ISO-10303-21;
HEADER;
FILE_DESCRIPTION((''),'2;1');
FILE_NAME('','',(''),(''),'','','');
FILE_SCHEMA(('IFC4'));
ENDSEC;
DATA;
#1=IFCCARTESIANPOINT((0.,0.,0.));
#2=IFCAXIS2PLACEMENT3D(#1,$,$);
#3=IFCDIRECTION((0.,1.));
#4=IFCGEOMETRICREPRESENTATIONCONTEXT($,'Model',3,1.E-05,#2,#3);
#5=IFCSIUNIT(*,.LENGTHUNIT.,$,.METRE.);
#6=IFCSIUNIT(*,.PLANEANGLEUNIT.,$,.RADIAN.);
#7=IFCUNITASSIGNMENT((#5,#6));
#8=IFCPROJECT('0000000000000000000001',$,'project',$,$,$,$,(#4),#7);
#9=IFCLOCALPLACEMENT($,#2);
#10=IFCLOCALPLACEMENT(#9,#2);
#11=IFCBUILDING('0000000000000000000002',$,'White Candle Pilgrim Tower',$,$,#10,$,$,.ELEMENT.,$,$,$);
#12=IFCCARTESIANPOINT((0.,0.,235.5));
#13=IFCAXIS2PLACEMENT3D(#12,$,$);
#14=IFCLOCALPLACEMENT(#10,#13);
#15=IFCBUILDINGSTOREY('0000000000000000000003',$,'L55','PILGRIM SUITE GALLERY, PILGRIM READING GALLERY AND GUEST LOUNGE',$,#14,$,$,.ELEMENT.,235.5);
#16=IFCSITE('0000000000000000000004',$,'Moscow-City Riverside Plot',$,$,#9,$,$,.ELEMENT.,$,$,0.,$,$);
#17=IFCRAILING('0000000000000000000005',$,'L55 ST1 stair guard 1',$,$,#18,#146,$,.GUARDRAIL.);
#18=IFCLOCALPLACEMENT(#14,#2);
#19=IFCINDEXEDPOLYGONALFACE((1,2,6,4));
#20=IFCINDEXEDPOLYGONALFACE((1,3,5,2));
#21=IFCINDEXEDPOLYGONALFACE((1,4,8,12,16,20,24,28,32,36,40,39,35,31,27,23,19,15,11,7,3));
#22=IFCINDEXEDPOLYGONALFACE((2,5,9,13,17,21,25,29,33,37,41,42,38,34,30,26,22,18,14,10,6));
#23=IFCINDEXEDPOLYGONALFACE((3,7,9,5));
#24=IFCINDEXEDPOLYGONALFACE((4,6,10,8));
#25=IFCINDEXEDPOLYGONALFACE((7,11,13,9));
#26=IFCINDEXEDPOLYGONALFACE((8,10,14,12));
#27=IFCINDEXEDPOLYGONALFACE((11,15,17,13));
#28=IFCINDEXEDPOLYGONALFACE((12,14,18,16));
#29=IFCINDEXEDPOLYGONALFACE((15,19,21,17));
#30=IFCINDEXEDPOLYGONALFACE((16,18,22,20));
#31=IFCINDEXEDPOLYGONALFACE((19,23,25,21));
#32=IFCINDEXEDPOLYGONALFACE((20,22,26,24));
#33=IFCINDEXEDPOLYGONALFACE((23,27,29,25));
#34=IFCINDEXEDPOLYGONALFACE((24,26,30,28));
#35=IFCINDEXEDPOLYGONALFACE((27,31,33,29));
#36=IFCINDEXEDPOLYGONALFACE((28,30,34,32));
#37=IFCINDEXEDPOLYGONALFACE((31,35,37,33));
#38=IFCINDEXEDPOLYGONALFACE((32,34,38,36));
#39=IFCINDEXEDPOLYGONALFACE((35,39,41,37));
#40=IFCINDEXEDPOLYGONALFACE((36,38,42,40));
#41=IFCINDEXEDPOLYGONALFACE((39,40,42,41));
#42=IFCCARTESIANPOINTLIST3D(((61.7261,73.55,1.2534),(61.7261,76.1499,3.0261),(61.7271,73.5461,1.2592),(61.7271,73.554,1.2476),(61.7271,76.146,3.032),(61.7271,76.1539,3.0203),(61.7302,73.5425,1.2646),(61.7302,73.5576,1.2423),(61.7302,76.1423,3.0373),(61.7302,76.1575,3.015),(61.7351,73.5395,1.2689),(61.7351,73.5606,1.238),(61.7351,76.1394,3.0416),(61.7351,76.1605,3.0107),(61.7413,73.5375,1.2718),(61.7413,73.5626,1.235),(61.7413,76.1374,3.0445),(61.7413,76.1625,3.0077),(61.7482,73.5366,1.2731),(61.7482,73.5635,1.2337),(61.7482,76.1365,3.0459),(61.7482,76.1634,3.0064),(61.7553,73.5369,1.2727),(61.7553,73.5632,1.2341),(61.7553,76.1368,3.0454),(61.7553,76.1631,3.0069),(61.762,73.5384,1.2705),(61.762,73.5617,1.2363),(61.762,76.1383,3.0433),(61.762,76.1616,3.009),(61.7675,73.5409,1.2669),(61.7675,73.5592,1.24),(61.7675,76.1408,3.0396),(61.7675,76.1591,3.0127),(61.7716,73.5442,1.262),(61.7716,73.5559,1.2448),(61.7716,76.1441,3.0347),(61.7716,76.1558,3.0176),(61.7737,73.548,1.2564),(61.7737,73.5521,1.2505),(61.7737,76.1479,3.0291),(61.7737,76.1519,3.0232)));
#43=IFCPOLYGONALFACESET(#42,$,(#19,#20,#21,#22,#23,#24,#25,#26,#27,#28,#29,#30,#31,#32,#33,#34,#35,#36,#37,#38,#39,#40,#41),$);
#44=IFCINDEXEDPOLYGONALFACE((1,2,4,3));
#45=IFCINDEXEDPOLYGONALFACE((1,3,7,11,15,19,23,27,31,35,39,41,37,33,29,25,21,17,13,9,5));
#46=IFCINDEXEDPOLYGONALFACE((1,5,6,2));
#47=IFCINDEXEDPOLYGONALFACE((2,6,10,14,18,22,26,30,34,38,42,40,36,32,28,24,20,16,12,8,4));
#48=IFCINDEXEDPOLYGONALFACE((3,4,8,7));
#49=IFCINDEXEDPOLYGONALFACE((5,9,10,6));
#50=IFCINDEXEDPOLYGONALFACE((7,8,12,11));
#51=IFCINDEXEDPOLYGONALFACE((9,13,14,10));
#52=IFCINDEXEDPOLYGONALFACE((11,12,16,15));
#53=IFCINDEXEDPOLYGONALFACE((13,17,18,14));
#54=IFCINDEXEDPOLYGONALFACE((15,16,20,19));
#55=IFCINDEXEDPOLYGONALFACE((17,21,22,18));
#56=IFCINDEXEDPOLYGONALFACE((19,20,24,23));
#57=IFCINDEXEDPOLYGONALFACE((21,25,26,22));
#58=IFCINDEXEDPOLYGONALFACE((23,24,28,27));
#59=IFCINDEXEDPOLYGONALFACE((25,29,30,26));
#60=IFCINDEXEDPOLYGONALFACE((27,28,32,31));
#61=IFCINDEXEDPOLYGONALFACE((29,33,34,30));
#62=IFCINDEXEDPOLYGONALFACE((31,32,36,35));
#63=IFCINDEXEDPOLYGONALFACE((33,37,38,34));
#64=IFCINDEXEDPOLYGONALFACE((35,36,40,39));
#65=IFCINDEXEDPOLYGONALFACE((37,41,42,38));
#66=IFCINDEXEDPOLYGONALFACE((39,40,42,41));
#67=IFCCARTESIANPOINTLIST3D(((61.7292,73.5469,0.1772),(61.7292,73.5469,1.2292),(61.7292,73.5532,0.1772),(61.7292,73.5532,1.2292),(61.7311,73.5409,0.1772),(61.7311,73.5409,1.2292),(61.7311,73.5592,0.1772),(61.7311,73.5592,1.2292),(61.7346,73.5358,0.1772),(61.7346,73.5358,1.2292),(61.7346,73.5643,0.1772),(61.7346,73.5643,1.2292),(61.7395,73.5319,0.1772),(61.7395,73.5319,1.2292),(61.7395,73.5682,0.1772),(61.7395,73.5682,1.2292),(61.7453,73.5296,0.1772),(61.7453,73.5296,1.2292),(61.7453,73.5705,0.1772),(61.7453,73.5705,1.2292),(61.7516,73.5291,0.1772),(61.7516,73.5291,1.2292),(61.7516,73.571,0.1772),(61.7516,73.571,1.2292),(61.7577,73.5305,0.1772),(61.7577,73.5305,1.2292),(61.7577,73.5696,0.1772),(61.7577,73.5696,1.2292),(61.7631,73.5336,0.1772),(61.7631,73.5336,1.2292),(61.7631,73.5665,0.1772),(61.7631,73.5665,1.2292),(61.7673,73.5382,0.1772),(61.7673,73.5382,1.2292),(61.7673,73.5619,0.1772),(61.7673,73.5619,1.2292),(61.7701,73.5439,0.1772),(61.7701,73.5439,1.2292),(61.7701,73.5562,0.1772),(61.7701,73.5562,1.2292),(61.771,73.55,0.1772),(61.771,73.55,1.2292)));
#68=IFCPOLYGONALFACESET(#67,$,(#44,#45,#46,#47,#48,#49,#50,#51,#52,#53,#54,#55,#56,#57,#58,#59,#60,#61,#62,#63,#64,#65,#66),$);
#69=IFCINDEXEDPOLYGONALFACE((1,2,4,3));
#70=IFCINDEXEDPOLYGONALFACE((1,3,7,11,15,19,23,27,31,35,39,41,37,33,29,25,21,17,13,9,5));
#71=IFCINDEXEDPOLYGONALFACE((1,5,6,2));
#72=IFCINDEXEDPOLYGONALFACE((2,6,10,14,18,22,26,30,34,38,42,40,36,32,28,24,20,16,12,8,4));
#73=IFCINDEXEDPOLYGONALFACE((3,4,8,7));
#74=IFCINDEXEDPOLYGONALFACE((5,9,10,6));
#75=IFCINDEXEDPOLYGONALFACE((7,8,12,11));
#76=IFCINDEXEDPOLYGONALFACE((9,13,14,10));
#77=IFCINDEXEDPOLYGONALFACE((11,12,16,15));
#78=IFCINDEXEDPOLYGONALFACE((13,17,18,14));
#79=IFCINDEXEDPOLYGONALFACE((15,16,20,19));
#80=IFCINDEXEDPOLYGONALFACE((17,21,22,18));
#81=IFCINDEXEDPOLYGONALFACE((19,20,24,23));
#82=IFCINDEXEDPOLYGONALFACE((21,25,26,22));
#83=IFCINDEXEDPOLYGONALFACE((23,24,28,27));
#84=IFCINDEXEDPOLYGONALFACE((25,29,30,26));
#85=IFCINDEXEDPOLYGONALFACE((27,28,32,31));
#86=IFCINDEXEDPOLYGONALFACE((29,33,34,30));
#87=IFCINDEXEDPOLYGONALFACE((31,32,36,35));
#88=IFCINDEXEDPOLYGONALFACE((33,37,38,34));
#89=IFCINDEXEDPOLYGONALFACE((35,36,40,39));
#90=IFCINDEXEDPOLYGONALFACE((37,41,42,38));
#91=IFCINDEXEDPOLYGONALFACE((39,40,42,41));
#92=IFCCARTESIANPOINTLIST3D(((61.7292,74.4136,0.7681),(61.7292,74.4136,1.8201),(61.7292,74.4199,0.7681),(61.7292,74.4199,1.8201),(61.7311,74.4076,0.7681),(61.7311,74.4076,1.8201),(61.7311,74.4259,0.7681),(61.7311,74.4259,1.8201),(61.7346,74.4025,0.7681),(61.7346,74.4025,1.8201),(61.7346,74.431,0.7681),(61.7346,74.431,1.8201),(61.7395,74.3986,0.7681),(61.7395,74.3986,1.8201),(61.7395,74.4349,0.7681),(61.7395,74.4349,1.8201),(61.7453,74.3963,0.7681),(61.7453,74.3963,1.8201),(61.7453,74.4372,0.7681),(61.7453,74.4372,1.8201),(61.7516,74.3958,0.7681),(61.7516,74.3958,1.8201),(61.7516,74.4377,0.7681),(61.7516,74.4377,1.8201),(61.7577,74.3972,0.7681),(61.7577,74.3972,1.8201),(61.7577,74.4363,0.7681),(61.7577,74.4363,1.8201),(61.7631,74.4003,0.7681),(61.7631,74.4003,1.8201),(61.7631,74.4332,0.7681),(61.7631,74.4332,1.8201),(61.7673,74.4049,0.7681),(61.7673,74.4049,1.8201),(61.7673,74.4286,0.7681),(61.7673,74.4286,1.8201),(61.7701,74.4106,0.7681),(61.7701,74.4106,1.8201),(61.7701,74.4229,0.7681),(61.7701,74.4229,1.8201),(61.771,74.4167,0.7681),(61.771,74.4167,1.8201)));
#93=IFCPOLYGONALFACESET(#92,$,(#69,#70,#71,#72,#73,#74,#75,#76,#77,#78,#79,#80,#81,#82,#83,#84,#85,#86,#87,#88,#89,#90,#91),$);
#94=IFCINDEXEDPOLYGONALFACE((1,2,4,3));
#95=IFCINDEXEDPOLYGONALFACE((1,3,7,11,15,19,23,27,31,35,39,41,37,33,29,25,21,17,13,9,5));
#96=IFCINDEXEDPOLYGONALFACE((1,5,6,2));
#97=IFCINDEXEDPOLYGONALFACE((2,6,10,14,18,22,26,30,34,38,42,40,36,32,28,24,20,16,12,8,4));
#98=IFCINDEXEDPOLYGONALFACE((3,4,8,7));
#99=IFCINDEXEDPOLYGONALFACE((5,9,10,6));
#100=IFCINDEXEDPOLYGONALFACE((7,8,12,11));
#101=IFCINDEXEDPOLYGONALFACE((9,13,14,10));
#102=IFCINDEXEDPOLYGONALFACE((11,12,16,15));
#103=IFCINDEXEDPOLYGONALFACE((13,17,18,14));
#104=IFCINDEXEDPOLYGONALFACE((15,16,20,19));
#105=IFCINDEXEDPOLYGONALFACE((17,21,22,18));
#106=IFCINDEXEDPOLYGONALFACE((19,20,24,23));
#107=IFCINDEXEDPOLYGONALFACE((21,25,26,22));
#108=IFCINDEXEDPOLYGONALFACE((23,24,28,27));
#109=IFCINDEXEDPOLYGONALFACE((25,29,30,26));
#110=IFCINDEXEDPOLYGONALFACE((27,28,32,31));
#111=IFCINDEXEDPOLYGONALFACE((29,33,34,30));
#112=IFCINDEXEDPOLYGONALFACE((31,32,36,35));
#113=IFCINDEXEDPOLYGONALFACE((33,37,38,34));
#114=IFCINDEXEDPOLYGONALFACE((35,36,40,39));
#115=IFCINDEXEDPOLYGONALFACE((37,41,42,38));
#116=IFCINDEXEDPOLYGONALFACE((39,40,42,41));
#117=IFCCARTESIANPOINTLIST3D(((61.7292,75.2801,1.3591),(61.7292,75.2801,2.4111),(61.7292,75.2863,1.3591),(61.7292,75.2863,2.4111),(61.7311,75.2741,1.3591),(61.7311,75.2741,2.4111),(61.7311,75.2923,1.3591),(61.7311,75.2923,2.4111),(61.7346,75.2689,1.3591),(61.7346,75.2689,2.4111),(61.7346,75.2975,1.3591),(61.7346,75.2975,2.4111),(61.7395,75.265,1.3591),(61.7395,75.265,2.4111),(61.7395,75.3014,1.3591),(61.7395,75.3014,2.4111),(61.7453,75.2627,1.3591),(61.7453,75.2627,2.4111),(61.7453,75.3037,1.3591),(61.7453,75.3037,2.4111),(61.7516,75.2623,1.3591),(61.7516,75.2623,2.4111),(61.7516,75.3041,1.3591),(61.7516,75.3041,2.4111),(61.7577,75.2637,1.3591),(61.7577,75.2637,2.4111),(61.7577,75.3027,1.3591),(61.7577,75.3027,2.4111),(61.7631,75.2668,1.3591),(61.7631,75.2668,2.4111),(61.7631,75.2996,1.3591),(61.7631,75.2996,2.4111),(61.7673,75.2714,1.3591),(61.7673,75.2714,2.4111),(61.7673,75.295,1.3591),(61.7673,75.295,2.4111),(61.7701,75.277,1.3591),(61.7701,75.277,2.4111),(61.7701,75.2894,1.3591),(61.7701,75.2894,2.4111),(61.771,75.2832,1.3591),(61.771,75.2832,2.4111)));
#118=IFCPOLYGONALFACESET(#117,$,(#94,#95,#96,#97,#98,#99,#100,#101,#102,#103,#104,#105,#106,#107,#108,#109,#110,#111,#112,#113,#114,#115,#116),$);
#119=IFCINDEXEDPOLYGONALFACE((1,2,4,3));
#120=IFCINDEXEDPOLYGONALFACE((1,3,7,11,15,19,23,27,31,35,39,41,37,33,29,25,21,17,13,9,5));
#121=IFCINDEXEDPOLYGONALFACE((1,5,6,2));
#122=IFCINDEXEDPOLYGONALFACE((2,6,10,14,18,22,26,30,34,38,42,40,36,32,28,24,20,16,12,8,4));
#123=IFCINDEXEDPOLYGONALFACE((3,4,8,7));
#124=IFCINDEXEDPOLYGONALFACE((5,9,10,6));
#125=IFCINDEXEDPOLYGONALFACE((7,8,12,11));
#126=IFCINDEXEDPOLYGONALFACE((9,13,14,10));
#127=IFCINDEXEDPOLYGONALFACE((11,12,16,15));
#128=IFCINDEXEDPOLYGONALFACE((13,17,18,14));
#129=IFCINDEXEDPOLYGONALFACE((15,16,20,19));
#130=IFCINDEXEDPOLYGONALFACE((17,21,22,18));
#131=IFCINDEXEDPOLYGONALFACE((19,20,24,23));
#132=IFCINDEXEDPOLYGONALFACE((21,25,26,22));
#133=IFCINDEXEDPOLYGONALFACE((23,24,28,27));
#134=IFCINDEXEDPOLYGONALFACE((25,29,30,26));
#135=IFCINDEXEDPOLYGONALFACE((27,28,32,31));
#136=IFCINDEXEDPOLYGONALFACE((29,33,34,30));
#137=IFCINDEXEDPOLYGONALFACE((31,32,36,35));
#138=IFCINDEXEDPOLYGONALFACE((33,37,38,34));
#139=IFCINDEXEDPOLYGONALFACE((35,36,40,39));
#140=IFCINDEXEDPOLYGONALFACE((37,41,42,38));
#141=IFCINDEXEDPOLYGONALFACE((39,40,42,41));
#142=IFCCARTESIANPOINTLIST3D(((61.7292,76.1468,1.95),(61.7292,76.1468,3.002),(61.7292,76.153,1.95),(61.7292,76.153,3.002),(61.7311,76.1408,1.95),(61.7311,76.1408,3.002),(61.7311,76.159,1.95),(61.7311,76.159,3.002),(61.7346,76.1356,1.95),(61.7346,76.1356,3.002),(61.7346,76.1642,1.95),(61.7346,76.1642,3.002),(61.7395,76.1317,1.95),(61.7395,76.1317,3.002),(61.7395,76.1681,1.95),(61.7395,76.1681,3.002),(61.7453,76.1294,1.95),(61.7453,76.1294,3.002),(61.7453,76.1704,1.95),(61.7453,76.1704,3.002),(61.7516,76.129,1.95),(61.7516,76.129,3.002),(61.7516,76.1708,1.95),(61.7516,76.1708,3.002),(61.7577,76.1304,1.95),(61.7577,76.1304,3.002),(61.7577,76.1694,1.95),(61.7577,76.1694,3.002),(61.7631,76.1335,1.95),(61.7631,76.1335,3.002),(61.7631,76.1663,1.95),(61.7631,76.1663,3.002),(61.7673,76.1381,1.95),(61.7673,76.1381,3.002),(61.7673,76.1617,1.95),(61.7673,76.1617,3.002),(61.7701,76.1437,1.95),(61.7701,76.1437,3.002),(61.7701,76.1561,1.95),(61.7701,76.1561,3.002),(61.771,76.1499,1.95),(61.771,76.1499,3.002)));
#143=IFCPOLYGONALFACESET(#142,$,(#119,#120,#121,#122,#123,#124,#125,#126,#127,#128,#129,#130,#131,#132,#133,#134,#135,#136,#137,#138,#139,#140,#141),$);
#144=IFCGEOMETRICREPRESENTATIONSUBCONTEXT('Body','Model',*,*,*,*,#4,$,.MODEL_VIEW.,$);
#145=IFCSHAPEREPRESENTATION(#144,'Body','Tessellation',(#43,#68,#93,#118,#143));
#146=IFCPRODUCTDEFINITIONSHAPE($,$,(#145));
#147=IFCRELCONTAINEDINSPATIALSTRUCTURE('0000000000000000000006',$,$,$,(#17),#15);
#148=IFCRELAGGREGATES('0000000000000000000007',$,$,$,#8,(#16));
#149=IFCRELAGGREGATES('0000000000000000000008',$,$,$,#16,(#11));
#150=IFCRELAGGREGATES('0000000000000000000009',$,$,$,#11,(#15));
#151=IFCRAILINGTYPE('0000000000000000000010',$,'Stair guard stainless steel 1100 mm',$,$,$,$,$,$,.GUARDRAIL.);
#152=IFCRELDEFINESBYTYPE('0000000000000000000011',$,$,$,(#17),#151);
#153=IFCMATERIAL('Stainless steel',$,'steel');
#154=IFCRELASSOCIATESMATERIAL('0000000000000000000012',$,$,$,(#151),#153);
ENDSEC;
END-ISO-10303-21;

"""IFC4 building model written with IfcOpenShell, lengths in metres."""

from ifc_helpers import new_model, si_unit, direction, frame, origin, origin_2d, place, context, subcontext, project, spatial, circle, extrude, material, type_object, element, save


model = new_model("IFC4")

# Units and contexts
model_context = context("Model", 3, precision=1e-05, world=origin(), true_north=direction((0.0, 1.0)))
body_context = subcontext(model_context, "Body", "Model", "MODEL_VIEW")
ifc_project = project(units=[si_unit("LENGTHUNIT", "METRE"), si_unit("PLANEANGLEUNIT", "RADIAN")], contexts=[model_context])

# Site, building, storey
site_placement = place(None, origin())
site = spatial("IfcSite", under=ifc_project, at=site_placement, Name="Moscow-City Riverside Plot", CompositionType="ELEMENT", RefElevation=0.0)
building_placement = place(site_placement, origin())
building = spatial("IfcBuilding", under=site, at=building_placement, Name="White Candle Pilgrim Tower", CompositionType="ELEMENT")
storey_placement = place(building_placement, frame((0.0, 0.0, 235.5)))
storey = spatial("IfcBuildingStorey", under=building, at=storey_placement, Name="L55", Description="PILGRIM SUITE GALLERY, PILGRIM READING GALLERY AND GUEST LOUNGE", CompositionType="ELEMENT", Elevation=235.5)

# Railing
ifc_material_1 = material(Name="Stainless steel", Category="steel")
railing_type_1 = type_object("IfcRailingType", Name="Stair guard stainless steel 1100 mm", PredefinedType="GUARDRAIL", material=ifc_material_1)
railing_1_placement = place(storey_placement, frame((61.75, 73.55, 0.1772)))
element("IfcRailing", 1, at=railing_1_placement, inside=storey, type_object=railing_type_1, Name="L55 ST1 stair guard 1", PredefinedType="GUARDRAIL", context=body_context, shape_type="SweptSolid", body=[
    extrude(circle(Radius=0.0239, at=origin_2d()), frame((0.0, 0.0, 1.0762), z_axis=(0.0, 0.826216, 0.563354), x_axis=(-1.0, 0.0, 0.0)), (0.0, 0.0, 1.0), 3.1467),
    extrude(circle(Radius=0.021, at=origin_2d()), origin(), (0.0, 0.0, 1.0), 1.052),
    extrude(circle(Radius=0.021, at=origin_2d()), frame((0.0, 0.8667, 0.5908)), (0.0, 0.0, 1.0), 1.052),
    extrude(circle(Radius=0.021, at=origin_2d()), frame((0.0, 1.7332, 1.1819)), (0.0, 0.0, 1.0), 1.052),
    extrude(circle(Radius=0.021, at=origin_2d()), frame((0.0, 2.5999, 1.7727)), (0.0, 0.0, 1.0), 1.052),
])

save(model, "model.ifc")
